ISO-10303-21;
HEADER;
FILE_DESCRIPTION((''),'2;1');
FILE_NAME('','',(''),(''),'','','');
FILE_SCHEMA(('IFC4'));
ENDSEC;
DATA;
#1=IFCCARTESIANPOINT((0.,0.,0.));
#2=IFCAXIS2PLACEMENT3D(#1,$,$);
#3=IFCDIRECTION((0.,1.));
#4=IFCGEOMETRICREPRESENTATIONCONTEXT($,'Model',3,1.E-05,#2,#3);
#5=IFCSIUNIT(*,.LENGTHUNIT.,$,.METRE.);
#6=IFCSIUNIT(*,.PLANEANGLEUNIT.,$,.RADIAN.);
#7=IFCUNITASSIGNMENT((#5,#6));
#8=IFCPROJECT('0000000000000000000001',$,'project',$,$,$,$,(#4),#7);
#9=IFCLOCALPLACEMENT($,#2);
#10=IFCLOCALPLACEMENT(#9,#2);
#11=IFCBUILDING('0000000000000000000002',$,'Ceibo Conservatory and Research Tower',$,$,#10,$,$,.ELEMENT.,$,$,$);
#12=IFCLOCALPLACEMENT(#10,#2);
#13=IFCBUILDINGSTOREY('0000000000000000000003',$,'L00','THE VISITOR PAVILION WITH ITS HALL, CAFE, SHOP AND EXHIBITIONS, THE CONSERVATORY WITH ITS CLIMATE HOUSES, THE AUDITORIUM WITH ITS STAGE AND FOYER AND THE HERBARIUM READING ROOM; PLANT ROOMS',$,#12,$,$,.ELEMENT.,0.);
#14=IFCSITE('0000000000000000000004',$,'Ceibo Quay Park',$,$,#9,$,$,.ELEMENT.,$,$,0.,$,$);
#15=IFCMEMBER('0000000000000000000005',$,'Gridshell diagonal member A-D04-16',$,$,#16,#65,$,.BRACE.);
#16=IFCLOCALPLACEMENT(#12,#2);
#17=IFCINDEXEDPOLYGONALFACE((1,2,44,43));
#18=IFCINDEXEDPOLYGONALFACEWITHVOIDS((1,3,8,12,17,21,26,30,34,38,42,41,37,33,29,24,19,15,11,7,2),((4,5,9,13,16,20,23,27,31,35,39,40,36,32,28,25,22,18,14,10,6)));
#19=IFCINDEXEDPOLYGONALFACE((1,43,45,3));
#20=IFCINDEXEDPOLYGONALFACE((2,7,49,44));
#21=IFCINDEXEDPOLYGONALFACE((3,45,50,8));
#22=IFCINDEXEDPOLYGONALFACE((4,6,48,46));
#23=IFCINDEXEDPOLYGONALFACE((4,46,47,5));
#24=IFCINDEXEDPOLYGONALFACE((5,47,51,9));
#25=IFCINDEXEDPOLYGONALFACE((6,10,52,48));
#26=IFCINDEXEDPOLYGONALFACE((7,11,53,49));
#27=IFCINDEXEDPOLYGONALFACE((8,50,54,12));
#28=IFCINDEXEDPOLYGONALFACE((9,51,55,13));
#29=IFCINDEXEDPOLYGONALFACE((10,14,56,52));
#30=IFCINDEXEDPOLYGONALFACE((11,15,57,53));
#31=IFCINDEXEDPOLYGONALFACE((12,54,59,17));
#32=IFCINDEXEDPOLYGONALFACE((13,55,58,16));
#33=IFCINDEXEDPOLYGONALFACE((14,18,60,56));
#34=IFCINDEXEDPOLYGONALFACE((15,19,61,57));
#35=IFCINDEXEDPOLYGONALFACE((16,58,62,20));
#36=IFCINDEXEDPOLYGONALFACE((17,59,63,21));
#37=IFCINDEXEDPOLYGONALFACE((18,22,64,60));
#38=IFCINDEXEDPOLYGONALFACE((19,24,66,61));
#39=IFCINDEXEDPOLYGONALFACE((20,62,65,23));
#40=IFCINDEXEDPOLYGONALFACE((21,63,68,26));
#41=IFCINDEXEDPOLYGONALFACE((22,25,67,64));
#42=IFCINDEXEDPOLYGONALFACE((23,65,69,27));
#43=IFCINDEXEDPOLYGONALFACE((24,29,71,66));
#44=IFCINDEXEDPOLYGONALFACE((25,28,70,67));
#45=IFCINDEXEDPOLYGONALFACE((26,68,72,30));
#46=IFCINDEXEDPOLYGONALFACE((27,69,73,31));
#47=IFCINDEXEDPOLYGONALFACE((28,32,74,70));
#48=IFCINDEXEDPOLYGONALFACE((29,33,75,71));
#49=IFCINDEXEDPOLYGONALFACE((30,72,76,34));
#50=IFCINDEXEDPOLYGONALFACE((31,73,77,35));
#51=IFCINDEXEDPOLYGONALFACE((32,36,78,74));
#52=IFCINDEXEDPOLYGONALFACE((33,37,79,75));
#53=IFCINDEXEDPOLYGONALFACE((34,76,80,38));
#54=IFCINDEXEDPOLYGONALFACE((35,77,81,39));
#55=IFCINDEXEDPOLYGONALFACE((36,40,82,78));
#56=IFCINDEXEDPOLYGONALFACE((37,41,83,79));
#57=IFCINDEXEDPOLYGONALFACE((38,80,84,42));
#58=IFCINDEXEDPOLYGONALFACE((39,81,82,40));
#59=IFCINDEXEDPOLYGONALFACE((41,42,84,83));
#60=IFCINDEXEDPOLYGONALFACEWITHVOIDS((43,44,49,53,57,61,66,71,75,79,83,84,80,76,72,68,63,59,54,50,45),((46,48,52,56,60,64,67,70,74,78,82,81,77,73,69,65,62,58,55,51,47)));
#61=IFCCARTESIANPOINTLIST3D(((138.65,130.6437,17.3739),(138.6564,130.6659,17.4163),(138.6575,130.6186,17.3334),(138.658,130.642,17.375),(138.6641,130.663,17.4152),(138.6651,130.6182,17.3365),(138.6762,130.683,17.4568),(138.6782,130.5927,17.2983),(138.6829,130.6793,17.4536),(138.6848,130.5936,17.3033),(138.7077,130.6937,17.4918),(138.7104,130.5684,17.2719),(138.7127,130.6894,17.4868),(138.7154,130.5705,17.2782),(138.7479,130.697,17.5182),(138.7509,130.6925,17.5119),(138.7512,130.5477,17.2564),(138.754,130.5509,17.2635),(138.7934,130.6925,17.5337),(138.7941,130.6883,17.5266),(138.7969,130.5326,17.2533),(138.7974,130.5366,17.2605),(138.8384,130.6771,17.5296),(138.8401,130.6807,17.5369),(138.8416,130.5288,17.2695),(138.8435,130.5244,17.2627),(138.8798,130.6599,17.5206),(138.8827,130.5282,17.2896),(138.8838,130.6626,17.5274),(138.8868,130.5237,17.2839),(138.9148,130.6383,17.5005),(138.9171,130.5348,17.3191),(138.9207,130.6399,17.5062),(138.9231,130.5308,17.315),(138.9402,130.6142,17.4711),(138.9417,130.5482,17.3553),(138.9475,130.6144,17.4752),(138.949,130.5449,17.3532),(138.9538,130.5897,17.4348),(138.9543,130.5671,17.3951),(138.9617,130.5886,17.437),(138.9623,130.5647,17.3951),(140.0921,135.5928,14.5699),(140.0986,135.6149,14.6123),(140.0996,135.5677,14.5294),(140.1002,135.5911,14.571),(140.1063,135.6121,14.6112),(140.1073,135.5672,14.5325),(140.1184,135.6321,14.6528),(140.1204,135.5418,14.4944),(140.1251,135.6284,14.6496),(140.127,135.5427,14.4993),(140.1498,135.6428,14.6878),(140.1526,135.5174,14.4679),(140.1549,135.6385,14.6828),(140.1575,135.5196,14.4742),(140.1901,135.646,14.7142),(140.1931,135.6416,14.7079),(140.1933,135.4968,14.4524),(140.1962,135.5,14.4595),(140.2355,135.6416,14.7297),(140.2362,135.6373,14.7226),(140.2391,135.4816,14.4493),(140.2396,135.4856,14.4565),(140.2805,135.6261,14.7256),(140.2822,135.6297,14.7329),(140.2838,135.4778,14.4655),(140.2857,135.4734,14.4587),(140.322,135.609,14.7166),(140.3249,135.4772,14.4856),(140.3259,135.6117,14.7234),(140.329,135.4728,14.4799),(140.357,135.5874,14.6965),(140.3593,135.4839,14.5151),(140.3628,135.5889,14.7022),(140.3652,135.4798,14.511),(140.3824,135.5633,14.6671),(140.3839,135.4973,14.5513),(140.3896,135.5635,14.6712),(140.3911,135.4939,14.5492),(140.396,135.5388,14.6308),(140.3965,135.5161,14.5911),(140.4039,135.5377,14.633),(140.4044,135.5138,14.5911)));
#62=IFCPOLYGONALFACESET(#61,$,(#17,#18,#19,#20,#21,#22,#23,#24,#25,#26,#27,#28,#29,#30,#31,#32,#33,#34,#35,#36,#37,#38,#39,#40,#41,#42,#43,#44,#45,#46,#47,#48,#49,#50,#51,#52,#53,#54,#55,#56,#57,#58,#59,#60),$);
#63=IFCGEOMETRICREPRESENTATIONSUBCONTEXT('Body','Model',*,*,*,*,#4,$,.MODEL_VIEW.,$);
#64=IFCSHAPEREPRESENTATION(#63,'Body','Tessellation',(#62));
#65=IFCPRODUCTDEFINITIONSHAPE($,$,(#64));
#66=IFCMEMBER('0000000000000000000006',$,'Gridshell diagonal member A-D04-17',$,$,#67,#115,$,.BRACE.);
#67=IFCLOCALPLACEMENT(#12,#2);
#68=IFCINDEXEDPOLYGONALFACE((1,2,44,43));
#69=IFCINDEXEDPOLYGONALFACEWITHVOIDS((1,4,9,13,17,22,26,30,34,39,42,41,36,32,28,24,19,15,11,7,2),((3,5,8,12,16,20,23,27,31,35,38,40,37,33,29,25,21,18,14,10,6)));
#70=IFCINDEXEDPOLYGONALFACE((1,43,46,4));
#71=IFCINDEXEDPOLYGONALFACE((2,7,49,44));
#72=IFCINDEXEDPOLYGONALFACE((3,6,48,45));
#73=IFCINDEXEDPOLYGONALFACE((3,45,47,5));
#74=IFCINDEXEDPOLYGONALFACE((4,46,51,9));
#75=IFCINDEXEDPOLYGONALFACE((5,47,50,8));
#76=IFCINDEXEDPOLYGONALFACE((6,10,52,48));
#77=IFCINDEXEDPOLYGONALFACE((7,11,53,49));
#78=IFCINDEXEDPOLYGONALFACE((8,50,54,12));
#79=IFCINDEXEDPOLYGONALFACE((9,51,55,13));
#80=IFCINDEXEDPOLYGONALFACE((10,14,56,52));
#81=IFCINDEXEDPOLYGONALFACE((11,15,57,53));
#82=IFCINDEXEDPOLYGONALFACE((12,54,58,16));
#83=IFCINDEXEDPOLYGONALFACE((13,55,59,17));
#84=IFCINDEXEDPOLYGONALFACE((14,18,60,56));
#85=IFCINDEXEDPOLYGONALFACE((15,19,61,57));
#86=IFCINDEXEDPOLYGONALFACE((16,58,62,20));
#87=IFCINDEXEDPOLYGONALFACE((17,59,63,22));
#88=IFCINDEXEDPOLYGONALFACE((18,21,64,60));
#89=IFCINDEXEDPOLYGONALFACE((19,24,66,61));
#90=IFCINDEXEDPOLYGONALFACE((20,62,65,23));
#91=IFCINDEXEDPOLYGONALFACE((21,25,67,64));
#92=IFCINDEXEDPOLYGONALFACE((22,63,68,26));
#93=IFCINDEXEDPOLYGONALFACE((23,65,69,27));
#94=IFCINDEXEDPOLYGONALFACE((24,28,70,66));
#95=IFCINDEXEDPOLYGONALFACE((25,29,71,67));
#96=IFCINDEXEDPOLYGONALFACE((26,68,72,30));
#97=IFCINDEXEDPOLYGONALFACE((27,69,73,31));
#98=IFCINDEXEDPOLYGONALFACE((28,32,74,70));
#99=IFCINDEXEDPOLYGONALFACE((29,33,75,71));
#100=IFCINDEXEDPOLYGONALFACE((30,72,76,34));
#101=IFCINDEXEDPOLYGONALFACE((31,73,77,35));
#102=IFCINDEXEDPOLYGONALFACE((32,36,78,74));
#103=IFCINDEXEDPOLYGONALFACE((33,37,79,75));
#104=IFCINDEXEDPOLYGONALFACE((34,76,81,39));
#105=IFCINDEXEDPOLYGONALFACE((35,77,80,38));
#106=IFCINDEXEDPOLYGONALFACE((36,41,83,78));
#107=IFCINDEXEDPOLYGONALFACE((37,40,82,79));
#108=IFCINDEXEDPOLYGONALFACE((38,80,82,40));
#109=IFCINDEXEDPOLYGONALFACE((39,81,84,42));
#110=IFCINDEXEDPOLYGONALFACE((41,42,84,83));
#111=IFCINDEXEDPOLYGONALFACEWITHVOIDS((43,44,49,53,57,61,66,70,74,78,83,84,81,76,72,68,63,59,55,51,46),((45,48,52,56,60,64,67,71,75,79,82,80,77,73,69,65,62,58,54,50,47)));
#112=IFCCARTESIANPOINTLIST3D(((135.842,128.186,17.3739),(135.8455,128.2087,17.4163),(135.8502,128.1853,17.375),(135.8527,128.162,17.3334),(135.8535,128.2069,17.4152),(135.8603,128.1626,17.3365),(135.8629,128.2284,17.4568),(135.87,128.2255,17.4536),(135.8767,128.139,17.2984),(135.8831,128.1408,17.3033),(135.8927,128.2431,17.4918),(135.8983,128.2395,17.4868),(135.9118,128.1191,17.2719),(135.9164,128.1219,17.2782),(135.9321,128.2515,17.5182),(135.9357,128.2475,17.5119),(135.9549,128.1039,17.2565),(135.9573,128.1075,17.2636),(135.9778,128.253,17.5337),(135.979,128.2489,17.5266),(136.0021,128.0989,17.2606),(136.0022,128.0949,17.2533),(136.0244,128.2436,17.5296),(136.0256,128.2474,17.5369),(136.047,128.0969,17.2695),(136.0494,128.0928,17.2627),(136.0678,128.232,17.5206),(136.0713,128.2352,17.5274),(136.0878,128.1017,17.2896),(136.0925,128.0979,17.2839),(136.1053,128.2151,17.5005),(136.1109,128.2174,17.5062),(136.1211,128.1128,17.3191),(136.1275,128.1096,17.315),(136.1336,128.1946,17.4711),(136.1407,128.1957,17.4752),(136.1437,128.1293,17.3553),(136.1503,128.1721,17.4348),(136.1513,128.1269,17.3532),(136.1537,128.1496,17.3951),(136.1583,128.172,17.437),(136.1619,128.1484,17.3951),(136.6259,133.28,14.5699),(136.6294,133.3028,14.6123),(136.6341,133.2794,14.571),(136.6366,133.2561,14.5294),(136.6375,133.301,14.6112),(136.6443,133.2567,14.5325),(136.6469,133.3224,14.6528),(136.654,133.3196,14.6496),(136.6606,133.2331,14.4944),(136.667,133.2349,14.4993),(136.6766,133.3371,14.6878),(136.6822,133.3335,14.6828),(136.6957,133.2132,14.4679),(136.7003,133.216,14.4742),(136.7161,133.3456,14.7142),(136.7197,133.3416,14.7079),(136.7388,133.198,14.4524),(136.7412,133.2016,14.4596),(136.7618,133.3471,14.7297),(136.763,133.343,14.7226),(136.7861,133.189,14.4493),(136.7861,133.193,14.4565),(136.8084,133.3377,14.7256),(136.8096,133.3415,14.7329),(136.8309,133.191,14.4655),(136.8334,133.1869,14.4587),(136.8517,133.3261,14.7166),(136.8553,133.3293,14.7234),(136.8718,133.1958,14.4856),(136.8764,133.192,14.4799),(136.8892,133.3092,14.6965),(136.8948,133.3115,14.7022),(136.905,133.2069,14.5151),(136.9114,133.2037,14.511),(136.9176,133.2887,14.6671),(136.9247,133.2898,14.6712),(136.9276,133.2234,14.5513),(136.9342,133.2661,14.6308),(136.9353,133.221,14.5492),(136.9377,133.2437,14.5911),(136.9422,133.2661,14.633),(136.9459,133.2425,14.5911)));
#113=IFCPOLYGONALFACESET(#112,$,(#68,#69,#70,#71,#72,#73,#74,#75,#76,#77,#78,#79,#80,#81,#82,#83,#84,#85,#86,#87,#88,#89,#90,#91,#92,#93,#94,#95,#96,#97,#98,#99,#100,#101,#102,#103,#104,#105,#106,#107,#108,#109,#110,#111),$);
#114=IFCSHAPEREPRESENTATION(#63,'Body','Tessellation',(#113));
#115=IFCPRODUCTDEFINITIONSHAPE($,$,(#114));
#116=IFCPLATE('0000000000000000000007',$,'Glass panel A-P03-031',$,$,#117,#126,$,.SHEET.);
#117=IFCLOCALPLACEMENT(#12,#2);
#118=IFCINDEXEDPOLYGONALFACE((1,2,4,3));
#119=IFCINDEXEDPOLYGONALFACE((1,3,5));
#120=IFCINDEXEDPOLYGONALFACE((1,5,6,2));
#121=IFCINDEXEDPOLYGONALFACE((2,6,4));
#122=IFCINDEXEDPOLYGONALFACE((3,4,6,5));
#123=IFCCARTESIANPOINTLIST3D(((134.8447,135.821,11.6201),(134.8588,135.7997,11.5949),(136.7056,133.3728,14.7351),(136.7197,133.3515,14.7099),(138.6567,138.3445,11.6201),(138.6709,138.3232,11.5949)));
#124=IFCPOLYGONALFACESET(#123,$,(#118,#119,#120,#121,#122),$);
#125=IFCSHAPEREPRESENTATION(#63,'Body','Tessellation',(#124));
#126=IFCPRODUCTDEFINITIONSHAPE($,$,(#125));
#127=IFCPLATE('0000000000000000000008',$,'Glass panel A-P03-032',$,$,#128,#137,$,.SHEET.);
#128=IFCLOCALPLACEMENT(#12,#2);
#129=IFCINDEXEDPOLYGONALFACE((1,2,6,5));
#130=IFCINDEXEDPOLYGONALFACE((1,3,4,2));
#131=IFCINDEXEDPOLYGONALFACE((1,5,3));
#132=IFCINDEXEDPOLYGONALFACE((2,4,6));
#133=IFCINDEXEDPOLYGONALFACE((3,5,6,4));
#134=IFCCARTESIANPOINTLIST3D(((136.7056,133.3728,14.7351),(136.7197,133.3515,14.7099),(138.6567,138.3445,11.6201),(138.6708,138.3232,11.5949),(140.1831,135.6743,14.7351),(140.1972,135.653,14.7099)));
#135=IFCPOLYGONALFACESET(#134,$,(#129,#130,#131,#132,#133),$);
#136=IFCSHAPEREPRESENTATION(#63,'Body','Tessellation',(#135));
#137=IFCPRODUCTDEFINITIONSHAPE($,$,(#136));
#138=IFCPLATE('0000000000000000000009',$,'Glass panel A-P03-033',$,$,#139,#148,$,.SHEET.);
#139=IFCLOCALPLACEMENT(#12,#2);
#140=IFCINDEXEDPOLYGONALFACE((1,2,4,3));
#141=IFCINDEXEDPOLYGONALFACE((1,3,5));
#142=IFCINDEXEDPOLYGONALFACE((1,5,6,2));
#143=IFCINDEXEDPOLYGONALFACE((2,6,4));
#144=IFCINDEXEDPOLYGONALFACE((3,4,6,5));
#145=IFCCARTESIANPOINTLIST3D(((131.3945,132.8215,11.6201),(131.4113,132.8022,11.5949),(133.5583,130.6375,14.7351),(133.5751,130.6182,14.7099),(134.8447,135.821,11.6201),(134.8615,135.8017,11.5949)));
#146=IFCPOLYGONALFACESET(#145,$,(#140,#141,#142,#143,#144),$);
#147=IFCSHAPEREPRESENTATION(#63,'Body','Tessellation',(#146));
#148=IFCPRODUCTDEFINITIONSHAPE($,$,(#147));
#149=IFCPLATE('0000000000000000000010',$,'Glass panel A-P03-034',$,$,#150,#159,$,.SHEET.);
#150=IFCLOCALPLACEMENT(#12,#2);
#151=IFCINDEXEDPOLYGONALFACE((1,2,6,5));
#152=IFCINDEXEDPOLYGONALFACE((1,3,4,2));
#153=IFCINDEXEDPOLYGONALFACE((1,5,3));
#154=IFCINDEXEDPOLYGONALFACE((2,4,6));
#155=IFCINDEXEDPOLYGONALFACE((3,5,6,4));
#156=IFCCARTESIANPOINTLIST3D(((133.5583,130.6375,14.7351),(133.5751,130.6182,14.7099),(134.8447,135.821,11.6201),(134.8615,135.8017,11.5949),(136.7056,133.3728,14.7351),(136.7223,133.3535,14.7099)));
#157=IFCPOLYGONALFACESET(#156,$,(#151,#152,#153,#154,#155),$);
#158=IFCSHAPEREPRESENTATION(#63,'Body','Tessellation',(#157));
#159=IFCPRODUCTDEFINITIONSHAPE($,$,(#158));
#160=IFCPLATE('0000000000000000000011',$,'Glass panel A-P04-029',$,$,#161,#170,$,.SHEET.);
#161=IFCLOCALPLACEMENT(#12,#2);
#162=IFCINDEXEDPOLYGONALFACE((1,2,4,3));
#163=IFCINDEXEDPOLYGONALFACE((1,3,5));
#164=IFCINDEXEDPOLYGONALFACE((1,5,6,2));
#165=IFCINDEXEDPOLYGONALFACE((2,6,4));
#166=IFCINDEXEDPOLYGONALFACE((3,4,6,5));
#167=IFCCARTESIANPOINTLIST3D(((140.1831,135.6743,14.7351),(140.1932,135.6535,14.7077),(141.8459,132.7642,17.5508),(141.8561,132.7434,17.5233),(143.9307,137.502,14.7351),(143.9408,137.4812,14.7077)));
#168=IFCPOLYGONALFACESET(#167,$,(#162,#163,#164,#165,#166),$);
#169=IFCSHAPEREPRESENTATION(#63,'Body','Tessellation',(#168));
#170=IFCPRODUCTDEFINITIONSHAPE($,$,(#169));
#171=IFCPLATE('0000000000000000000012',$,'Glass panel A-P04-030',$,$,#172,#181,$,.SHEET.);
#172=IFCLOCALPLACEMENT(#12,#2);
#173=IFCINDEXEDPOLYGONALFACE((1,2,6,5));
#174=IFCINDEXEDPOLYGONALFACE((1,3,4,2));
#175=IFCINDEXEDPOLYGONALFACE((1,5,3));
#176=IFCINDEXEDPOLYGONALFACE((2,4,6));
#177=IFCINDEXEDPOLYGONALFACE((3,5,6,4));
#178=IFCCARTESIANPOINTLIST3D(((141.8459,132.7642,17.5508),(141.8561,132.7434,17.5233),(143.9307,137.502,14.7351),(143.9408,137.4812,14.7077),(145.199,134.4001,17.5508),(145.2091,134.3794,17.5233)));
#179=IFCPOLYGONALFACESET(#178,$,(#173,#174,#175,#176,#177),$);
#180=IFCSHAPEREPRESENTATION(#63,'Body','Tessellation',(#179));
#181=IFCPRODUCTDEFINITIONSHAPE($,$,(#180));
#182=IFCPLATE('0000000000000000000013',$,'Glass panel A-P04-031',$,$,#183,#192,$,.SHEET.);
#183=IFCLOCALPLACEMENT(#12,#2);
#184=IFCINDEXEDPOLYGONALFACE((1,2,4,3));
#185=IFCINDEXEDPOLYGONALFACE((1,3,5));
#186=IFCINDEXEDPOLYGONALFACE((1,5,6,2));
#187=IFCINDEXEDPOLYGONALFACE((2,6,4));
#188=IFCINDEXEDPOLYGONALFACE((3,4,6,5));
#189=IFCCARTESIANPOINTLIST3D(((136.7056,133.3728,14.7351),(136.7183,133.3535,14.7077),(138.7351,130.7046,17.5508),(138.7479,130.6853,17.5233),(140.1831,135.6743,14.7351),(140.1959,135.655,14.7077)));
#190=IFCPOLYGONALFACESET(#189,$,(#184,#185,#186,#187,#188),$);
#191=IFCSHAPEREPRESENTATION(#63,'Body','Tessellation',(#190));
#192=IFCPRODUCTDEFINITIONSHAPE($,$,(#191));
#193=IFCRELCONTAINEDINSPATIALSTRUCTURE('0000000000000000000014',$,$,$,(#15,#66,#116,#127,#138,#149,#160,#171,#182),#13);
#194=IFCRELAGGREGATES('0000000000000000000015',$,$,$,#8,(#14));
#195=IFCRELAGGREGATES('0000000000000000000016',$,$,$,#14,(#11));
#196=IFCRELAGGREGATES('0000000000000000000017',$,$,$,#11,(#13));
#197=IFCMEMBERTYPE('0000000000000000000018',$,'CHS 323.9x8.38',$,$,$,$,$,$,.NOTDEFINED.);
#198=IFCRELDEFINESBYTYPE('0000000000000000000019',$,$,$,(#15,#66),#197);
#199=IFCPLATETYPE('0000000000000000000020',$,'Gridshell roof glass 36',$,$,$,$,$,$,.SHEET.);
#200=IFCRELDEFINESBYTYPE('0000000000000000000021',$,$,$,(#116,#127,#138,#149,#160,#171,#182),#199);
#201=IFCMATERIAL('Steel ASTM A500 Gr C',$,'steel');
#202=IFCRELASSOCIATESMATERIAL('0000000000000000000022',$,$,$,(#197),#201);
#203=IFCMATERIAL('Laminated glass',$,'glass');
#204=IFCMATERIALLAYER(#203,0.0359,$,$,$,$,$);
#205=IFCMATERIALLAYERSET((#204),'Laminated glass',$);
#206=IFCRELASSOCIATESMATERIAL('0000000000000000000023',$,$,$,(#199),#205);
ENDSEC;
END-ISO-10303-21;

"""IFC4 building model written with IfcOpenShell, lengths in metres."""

from ifc_helpers import new_model, si_unit, direction, frame, origin, origin_2d, place, context, subcontext, project, spatial, polyline, hollow_circle, outline, extrude, material, layer, layer_set, material_profile, profile_set, type_object, element, save


model = new_model("IFC4")

# Units and contexts
model_context = context("Model", 3, precision=1e-05, world=origin(), true_north=direction((0.0, 1.0)))
body_context = subcontext(model_context, "Body", "Model", "MODEL_VIEW")
ifc_project = project(units=[si_unit("LENGTHUNIT", "METRE"), si_unit("PLANEANGLEUNIT", "RADIAN")], contexts=[model_context])

# Site, building, storey
site_placement = place(None, origin())
site = spatial("IfcSite", under=ifc_project, at=site_placement, Name="Ceibo Quay Park", CompositionType="ELEMENT", RefElevation=0.0)
building_placement = place(site_placement, origin())
building = spatial("IfcBuilding", under=site, at=building_placement, Name="Ceibo Conservatory and Research Tower", CompositionType="ELEMENT")
storey_placement = place(building_placement, origin())
storey = spatial("IfcBuildingStorey", under=building, at=storey_placement, Name="L00", Description="THE VISITOR PAVILION WITH ITS HALL, CAFE, SHOP AND EXHIBITIONS, THE CONSERVATORY WITH ITS CLIMATE HOUSES, THE AUDITORIUM WITH ITS STAGE AND FOYER AND THE HERBARIUM READING ROOM; PLANT ROOMS", CompositionType="ELEMENT", Elevation=0.0)

# Members
ifc_material_1 = material(Name="Steel ASTM A500 Gr C", Category="steel")
ifc_material_profile_1 = material_profile(ifc_material_1, hollow_circle(Radius=0.1619, WallThickness=0.0083, at=origin_2d()), Name="CHS 323.9x8.38")
ifc_profile_set_1 = profile_set([ifc_material_profile_1], Name="Steel ASTM A500 Gr C")
member_type_1 = type_object("IfcMemberType", Name="CHS 323.9x8.38", PredefinedType="NOTDEFINED", material=ifc_profile_set_1)
member_1_placement = place(storey_placement, frame((140.249, 135.5591, 14.5911), z_axis=(-0.24576, -0.843373, 0.477832), x_axis=(0.960068, -0.279765, 0.0)))
element("IfcMember", 1, at=member_1_placement, inside=storey, type_object=member_type_1, Name="Gridshell diagonal member A-D04-16", PredefinedType="BRACE", context=body_context, shape_type="SweptSolid", body=[
    extrude(hollow_circle(Radius=0.1619, WallThickness=0.0083, at=origin_2d()), origin(), (0.0, 0.0, 1.0), 5.8682),
])
member_2_placement = place(storey_placement, frame((136.7859, 133.2671, 14.5911), z_axis=(-0.13361, -0.868197, 0.477893), x_axis=(0.988365, -0.152103, 0.0)))
element("IfcMember", 2, at=member_2_placement, inside=storey, type_object=member_type_1, Name="Gridshell diagonal member A-D04-17", PredefinedType="BRACE", context=body_context, shape_type="SweptSolid", body=[
    extrude(hollow_circle(Radius=0.1619, WallThickness=0.0083, at=origin_2d()), origin(), (0.0, 0.0, 1.0), 5.8674),
])

# Plates
ifc_material_2 = material(Name="Laminated glass", Category="glass")
ifc_layer = layer(ifc_material_2, 0.0359)
ifc_layer_set = layer_set([ifc_layer], Name="Laminated glass")
plate_type = type_object("IfcPlateType", Name="Gridshell roof glass 36", PredefinedType="SHEET", material=ifc_layer_set)
plate_1_placement = place(storey_placement, frame((138.6567, 138.3445, 11.6201), z_axis=(-0.393228, 0.594027, 0.701786), x_axis=(-0.833853, -0.551986, 0.0)))
element("IfcPlate", 3, at=plate_1_placement, inside=storey, type_object=plate_type, Name="Glass panel A-P03-031", PredefinedType="SHEET", context=body_context, shape_type="SweptSolid", body=[
    extrude(outline(polyline([(0.0, 0.0), (4.5716, 0.0), (4.3713, 4.3726), (0.0, 0.0)])), origin(), (0.0, 0.0, -1.0), 0.0359),
])
plate_2_placement = place(storey_placement, frame((138.6567, 138.3445, 11.6201), z_axis=(-0.393139, 0.594025, 0.701838), x_axis=(-0.315577, -0.804106, 0.50381)))
element("IfcPlate", 4, at=plate_2_placement, inside=storey, type_object=plate_type, Name="Glass panel A-P03-032", PredefinedType="SHEET", context=body_context, shape_type="SweptSolid", body=[
    extrude(outline(polyline([(0.0, 0.0), (6.1829, 0.0), (3.2348, 2.9494), (0.0, 0.0)])), origin(), (0.0, 0.0, -1.0), 0.0359),
])
plate_3_placement = place(storey_placement, frame((134.8447, 135.821, 11.6201), z_axis=(-0.467447, 0.537681, 0.701707), x_axis=(-0.754677, -0.656097, 0.0)))
element("IfcPlate", 5, at=plate_3_placement, inside=storey, type_object=plate_type, Name="Glass panel A-P03-033", PredefinedType="SHEET", context=body_context, shape_type="SweptSolid", body=[
    extrude(outline(polyline([(0.0, 0.0), (4.5718, 0.0), (4.3717, 4.3721), (0.0, 0.0)])), origin(), (0.0, 0.0, -1.0), 0.0359),
])
plate_4_placement = place(storey_placement, frame((134.8447, 135.821, 11.6201), z_axis=(-0.467328, 0.537694, 0.701776), x_axis=(-0.208056, -0.838383, 0.503812)))
element("IfcPlate", 6, at=plate_4_placement, inside=storey, type_object=plate_type, Name="Glass panel A-P03-034", PredefinedType="SHEET", context=body_context, shape_type="SweptSolid", body=[
    extrude(outline(polyline([(0.0, 0.0), (6.1828, 0.0), (3.2348, 2.9489), (0.0, 0.0)])), origin(), (0.0, 0.0, -1.0), 0.0359),
])
plate_5_placement = place(storey_placement, frame((143.9307, 137.502, 14.7351), z_axis=(-0.282302, 0.578859, 0.765002), x_axis=(-0.89881, -0.438338, 0.0)))
element("IfcPlate", 7, at=plate_5_placement, inside=storey, type_object=plate_type, Name="Glass panel A-P04-029", PredefinedType="SHEET", context=body_context, shape_type="SweptSolid", body=[
    extrude(outline(polyline([(0.0, 0.0), (4.1695, 0.0), (3.9505, 4.372), (0.0, 0.0)])), origin(), (0.0, 0.0, -1.0), 0.0359),
])
plate_6_placement = place(storey_placement, frame((143.9307, 137.502, 14.7351), z_axis=(-0.282444, 0.578881, 0.764933), x_axis=(-0.353796, -0.804047, 0.477846)))
element("IfcPlate", 8, at=plate_6_placement, inside=storey, type_object=plate_type, Name="Glass panel A-P04-030", PredefinedType="SHEET", context=body_context, shape_type="SweptSolid", body=[
    extrude(outline(polyline([(0.0, 0.0), (5.8924, 0.0), (3.3907, 2.7678), (0.0, 0.0)])), origin(), (0.0, 0.0, -1.0), 0.0359),
])
plate_7_placement = place(storey_placement, frame((140.1831, 135.6743, 14.7351), z_axis=(-0.355403, 0.537006, 0.765057), x_axis=(-0.83391, -0.5519, 0.0)))
element("IfcPlate", 9, at=plate_7_placement, inside=storey, type_object=plate_type, Name="Glass panel A-P04-031", PredefinedType="SHEET", context=body_context, shape_type="SweptSolid", body=[
    extrude(outline(polyline([(0.0, 0.0), (4.1702, 0.0), (3.9503, 4.3724), (0.0, 0.0)])), origin(), (0.0, 0.0, -1.0), 0.0359),
])

save(model, "model.ifc")
